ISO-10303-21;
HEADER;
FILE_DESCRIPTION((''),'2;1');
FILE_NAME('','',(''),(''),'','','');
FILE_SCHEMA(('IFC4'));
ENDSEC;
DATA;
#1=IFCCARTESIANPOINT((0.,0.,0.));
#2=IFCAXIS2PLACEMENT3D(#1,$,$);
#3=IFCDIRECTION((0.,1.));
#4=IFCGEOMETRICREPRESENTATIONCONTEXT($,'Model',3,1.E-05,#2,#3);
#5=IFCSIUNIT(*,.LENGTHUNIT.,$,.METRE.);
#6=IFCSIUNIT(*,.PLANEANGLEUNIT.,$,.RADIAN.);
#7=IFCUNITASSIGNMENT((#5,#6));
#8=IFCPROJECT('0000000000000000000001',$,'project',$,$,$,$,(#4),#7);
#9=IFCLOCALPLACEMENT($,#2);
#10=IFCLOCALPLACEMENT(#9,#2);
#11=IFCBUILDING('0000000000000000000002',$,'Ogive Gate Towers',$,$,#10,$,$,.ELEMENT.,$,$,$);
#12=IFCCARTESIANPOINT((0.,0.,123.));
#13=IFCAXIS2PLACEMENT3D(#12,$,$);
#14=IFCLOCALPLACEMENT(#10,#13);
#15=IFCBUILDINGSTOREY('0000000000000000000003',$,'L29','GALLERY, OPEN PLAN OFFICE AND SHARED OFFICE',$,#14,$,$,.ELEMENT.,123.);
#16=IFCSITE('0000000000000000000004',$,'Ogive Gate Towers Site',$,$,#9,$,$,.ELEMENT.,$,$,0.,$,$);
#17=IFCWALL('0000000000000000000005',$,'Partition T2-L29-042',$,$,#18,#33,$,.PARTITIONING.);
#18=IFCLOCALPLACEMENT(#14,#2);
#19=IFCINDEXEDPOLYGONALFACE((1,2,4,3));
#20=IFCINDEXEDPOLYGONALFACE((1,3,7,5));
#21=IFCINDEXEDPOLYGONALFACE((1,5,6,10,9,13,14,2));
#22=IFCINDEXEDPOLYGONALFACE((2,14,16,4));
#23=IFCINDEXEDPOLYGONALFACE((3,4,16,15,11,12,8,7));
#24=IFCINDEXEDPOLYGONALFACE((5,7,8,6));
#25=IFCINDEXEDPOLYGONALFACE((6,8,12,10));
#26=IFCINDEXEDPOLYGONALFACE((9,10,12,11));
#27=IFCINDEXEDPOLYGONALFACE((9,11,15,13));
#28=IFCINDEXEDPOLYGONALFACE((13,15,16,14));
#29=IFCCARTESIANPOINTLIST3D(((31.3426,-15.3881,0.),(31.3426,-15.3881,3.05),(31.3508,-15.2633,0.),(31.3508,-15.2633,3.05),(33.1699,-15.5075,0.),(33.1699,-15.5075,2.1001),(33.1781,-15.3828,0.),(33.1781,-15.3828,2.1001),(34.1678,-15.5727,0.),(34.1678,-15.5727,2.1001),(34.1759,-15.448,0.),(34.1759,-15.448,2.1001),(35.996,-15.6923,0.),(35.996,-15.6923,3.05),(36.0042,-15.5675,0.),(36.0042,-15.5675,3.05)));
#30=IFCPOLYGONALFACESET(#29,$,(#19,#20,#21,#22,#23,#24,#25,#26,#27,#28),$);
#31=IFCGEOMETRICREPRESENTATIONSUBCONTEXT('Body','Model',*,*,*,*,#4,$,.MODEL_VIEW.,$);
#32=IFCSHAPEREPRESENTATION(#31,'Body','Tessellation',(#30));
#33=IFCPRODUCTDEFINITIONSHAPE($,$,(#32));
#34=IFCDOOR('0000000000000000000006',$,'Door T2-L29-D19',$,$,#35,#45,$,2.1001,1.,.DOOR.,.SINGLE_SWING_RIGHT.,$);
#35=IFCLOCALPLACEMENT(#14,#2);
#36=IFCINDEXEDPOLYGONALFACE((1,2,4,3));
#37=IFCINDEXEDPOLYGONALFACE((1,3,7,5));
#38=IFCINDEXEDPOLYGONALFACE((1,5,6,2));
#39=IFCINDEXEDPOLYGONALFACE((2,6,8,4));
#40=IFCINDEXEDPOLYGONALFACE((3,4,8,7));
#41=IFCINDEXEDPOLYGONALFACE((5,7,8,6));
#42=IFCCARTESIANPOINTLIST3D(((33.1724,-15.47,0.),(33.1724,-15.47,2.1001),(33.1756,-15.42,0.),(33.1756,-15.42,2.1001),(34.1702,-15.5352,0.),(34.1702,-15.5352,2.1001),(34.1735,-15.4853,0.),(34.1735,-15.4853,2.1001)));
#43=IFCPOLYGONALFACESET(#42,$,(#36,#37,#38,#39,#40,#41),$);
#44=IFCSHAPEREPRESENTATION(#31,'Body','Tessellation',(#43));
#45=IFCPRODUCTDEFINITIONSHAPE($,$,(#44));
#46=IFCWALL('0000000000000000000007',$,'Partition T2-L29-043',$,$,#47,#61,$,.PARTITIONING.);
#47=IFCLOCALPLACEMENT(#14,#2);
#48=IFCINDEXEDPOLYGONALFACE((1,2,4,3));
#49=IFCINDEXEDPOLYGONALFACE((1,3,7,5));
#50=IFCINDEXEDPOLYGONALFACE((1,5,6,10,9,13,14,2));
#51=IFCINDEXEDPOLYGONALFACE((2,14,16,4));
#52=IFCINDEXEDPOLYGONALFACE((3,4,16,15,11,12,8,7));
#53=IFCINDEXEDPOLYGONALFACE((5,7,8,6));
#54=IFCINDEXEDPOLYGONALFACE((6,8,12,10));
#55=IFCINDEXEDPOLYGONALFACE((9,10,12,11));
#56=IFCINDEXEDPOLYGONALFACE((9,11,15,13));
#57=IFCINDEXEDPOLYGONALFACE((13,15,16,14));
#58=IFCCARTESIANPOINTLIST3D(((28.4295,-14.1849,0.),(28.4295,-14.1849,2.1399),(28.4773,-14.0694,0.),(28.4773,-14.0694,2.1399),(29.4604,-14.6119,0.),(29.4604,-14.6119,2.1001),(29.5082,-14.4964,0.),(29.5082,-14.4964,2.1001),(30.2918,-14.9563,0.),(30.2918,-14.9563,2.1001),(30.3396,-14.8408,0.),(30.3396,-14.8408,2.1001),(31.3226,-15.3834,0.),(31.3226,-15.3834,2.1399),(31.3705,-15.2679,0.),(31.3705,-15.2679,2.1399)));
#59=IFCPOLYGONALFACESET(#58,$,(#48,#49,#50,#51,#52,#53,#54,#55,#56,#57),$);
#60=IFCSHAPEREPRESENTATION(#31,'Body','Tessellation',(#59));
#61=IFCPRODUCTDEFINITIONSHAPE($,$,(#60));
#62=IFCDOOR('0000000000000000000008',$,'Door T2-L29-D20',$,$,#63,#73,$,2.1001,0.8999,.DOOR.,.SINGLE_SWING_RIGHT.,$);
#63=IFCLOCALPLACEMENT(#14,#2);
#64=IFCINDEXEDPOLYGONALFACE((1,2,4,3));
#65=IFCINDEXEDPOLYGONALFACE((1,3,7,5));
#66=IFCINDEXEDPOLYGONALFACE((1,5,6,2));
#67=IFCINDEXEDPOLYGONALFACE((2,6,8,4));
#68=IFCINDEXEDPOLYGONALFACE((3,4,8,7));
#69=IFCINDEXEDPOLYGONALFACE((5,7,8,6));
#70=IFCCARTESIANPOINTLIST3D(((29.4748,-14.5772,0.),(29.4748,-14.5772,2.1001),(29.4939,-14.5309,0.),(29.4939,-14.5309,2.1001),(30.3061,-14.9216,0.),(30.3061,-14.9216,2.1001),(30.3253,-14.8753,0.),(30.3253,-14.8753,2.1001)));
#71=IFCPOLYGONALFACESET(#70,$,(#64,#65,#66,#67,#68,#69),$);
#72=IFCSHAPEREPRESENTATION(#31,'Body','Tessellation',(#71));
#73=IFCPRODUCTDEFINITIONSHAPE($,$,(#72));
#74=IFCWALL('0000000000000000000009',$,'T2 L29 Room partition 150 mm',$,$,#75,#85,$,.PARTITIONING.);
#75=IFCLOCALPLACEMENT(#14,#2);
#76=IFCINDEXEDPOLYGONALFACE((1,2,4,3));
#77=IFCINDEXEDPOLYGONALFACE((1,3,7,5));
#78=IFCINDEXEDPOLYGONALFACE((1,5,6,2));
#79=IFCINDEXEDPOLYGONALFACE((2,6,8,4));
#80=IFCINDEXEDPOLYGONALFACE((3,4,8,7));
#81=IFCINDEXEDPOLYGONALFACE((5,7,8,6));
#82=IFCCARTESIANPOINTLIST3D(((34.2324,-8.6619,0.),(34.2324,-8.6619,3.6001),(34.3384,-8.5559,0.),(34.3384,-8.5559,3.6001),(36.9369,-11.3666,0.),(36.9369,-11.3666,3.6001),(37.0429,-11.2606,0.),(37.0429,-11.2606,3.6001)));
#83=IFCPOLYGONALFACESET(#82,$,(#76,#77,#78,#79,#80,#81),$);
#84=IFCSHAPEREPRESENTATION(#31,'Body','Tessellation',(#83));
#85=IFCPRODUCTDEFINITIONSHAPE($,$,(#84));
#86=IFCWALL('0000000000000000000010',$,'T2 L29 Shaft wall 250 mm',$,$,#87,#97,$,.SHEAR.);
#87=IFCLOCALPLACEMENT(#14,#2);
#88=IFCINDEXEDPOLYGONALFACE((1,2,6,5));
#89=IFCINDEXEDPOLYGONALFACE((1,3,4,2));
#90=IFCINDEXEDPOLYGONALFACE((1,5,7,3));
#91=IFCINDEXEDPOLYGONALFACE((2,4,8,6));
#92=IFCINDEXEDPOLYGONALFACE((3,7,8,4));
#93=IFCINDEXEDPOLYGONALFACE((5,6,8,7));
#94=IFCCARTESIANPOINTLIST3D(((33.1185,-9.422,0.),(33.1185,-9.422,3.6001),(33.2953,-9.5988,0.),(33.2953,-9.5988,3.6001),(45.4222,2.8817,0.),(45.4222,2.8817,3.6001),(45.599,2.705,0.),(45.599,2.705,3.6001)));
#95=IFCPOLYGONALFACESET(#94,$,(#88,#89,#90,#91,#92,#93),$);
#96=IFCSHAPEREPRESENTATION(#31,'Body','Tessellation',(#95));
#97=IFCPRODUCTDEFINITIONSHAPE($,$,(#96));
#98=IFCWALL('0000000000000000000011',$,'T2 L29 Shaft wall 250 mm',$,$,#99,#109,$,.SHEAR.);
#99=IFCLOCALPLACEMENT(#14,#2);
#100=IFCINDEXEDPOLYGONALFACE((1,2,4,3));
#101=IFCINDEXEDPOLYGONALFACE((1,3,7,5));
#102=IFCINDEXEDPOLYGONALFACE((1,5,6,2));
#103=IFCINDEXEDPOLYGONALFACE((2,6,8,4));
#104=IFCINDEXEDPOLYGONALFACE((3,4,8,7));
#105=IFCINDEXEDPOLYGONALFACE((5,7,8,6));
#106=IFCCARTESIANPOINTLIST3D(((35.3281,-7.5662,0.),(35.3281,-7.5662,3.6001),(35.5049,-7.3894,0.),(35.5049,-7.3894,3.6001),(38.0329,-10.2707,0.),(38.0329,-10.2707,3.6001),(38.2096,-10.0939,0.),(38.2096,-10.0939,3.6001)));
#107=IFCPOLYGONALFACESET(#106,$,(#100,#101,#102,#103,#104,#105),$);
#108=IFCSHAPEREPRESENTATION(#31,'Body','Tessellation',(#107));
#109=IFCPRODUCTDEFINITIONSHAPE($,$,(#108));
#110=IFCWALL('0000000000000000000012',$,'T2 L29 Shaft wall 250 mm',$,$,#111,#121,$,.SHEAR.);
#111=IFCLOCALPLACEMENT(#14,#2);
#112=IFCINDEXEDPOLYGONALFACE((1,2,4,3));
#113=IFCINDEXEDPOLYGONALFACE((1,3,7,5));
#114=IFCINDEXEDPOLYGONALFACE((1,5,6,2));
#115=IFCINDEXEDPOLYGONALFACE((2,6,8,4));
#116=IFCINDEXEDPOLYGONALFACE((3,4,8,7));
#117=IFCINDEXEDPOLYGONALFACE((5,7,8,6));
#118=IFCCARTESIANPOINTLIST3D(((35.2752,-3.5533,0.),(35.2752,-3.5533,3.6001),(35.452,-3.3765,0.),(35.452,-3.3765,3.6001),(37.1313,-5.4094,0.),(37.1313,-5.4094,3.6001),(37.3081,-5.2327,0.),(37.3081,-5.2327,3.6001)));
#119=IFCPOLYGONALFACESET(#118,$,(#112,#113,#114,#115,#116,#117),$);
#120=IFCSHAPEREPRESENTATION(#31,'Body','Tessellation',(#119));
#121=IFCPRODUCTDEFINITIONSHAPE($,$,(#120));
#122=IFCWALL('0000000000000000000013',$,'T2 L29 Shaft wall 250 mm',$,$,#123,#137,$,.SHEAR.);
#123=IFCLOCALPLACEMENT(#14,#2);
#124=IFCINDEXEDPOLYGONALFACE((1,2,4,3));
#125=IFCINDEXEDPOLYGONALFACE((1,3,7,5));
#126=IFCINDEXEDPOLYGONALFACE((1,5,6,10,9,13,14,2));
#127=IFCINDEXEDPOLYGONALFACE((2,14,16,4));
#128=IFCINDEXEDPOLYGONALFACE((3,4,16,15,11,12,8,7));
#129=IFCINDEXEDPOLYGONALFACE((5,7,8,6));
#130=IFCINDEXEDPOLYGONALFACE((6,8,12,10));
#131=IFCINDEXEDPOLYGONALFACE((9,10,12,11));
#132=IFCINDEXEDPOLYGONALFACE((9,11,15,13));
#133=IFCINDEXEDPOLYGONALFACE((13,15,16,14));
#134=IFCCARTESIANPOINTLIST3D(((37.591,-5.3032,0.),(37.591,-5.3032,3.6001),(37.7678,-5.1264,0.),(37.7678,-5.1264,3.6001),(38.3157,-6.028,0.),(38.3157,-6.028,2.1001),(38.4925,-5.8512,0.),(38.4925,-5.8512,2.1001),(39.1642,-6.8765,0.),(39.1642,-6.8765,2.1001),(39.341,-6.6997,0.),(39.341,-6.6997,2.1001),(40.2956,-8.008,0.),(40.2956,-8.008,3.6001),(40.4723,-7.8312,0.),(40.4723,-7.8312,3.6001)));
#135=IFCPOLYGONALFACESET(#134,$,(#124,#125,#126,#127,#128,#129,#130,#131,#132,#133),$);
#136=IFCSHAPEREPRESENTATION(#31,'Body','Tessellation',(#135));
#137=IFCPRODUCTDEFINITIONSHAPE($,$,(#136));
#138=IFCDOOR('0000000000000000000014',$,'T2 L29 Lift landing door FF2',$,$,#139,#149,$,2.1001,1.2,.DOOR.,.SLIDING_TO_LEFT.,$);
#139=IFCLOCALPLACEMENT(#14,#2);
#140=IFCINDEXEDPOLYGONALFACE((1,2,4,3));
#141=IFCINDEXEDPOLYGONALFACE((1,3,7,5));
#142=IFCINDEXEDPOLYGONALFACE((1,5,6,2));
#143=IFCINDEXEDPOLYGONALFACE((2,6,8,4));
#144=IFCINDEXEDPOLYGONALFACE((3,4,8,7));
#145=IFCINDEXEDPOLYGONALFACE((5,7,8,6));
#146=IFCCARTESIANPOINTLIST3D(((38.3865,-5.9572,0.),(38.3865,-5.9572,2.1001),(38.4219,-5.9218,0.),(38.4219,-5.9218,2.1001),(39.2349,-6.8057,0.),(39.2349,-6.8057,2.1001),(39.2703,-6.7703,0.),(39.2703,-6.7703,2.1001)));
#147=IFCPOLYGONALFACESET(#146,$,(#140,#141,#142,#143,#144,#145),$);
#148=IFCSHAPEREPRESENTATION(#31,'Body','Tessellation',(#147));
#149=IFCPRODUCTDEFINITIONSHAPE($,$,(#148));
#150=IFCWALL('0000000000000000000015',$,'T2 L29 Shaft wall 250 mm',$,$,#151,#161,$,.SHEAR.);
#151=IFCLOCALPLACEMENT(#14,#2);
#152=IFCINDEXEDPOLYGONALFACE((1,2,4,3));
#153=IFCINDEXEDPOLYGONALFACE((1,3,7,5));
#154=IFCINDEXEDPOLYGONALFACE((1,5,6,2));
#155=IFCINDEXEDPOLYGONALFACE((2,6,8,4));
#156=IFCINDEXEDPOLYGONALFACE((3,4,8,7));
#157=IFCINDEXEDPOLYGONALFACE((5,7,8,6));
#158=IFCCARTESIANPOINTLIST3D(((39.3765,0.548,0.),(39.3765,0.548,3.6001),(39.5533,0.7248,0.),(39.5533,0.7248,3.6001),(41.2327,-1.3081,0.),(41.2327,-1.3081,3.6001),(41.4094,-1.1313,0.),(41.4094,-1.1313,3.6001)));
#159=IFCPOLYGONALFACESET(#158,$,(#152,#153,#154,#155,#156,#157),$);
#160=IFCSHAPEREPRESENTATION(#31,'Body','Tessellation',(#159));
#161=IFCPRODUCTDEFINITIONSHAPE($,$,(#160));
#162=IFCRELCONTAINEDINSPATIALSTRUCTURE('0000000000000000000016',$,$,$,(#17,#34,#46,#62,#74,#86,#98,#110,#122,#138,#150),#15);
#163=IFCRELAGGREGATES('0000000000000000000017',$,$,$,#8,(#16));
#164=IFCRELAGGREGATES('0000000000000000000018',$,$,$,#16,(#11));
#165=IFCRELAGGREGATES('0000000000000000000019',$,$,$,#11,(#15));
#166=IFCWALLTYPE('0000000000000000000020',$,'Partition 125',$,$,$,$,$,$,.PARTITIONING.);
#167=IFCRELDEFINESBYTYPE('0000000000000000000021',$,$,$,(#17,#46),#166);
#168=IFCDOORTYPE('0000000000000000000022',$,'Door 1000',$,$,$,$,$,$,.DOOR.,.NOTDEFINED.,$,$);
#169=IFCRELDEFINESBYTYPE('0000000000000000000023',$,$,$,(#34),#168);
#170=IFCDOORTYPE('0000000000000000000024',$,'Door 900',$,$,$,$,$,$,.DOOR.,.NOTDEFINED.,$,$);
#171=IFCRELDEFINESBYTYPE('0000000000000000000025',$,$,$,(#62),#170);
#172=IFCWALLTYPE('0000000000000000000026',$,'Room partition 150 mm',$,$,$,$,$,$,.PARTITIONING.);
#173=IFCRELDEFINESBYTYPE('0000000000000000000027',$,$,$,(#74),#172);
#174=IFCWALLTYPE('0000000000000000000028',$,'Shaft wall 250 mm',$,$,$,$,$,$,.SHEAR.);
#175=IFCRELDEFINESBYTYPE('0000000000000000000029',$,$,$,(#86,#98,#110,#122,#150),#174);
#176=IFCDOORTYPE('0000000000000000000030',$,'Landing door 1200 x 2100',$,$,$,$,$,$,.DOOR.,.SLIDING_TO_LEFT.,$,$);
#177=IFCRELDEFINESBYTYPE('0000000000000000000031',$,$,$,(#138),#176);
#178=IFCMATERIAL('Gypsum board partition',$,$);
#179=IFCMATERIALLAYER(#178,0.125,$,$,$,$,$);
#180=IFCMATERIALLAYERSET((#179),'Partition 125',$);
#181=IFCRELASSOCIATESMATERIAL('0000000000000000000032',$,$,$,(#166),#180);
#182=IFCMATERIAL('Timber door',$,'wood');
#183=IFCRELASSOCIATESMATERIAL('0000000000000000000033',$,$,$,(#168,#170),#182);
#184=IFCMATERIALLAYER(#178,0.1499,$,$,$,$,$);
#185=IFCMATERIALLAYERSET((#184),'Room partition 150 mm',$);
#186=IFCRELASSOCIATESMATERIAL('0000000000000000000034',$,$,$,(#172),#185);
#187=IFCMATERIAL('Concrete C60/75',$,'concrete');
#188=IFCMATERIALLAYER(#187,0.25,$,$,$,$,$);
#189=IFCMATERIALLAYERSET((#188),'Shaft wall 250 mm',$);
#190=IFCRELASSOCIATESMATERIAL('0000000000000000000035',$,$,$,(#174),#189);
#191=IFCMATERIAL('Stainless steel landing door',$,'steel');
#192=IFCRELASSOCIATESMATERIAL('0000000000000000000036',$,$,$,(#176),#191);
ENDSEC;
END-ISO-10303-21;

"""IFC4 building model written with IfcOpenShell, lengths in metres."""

from ifc_helpers import new_model, si_unit, direction, frame, frame_2d, origin, place, context, subcontext, project, spatial, rectangle, extrude, material, layer, layer_set, type_object, element, fill, save


model = new_model("IFC4")

# Units and contexts
model_context = context("Model", 3, precision=1e-05, world=origin(), true_north=direction((0.0, 1.0)))
body_context = subcontext(model_context, "Body", "Model", "MODEL_VIEW")
ifc_project = project(units=[si_unit("LENGTHUNIT", "METRE"), si_unit("PLANEANGLEUNIT", "RADIAN")], contexts=[model_context])

# Site, building, storey
site_placement = place(None, origin())
site = spatial("IfcSite", under=ifc_project, at=site_placement, Name="Ogive Gate Towers Site", CompositionType="ELEMENT", RefElevation=0.0)
building_placement = place(site_placement, origin())
building = spatial("IfcBuilding", under=site, at=building_placement, Name="Ogive Gate Towers", CompositionType="ELEMENT")
storey_placement = place(building_placement, frame((0.0, 0.0, 123.0)))
storey = spatial("IfcBuildingStorey", under=building, at=storey_placement, Name="L29", Description="GALLERY, OPEN PLAN OFFICE AND SHARED OFFICE", CompositionType="ELEMENT", Elevation=123.0)

# Shared definitions
ifc_material_1 = material(Name="Concrete C60/75", Category="concrete")
ifc_material_2 = material(Name="Timber door", Category="wood")

# Shared definitions
ifc_material_3 = material(Name="Gypsum board partition")
ifc_layer_1 = layer(ifc_material_3, 0.125)
ifc_layer_set_1 = layer_set([ifc_layer_1], Name="Partition 125")
wall_type_1 = type_object("IfcWallType", Name="Partition 125", PredefinedType="PARTITIONING", material=ifc_layer_set_1)

# Walls, openings, doors
wall_1_placement = place(storey_placement, frame((36.0, -15.6299, 0.0), z_axis=(0.0, 0.0, 1.0), x_axis=(-0.99787, 0.065233, 0.0)))
wall_1 = element("IfcWall", 1, at=wall_1_placement, inside=storey, type_object=wall_type_1, Name="Partition T2-L29-042", PredefinedType="PARTITIONING", context=body_context, shape_type="SweptSolid", body=[
    extrude(rectangle(XDim=4.6633, YDim=0.125, at=frame_2d((2.3315, 0.0))), origin(), (0.0, 0.0, 1.0), 3.05),
])
opening_1_placement = place(wall_1_placement, frame((1.832, 0.0, 0.0)))
opening_1 = element("IfcOpeningElement", 2, at=opening_1_placement, cuts=wall_1, PredefinedType="OPENING", context=body_context, shape_type="SweptSolid", body=[
    extrude(rectangle(XDim=1.0, YDim=2.1001, at=frame_2d((0.5, 1.05))), frame((0.0, 0.0725, 0.0), z_axis=(0.0, -1.0, 0.0), x_axis=(1.0, 0.0, 0.0)), (0.0, 0.0, 1.0), 0.145),
])
door_type_1 = type_object("IfcDoorType", Name="Door 1000", OperationType="NOTDEFINED", PredefinedType="DOOR", material=ifc_material_2)
door_1_placement = place(opening_1_placement, origin())
door_1 = element("IfcDoor", 3, at=door_1_placement, inside=storey, type_object=door_type_1, Name="Door T2-L29-D19", OperationType="SINGLE_SWING_RIGHT", OverallHeight=2.1001, OverallWidth=1.0, PredefinedType="DOOR", context=body_context, shape_type="SweptSolid", body=[
    extrude(rectangle(XDim=1.0, YDim=2.1001, at=frame_2d((0.5, 1.05))), frame((0.0, 0.0249, 0.0), z_axis=(0.0, -1.0, 0.0), x_axis=(1.0, 0.0, 0.0)), (0.0, 0.0, 1.0), 0.05),
])
fill(opening_1, door_1)
wall_2_placement = place(storey_placement, frame((31.3467, -15.3257, 0.0), z_axis=(0.0, 0.0, 1.0), x_axis=(-0.923864, 0.382721, 0.0)))
wall_2 = element("IfcWall", 4, at=wall_2_placement, inside=storey, type_object=wall_type_1, Name="Partition T2-L29-043", PredefinedType="PARTITIONING", context=body_context, shape_type="SweptSolid", body=[
    extrude(rectangle(XDim=3.1316, YDim=0.125, at=frame_2d((1.5659, 0.0))), origin(), (0.0, 0.0, 1.0), 2.1399),
])
opening_2_placement = place(wall_2_placement, frame((1.116, 0.0, 0.0)))
opening_2 = element("IfcOpeningElement", 5, at=opening_2_placement, cuts=wall_2, PredefinedType="OPENING", context=body_context, shape_type="SweptSolid", body=[
    extrude(rectangle(XDim=0.8999, YDim=2.1001, at=frame_2d((0.45, 1.05))), frame((0.0, 0.0725, 0.0), z_axis=(0.0, -1.0, 0.0), x_axis=(1.0, 0.0, 0.0)), (0.0, 0.0, 1.0), 0.145),
])
door_type_2 = type_object("IfcDoorType", Name="Door 900", OperationType="NOTDEFINED", PredefinedType="DOOR", material=ifc_material_2)
door_2_placement = place(opening_2_placement, origin())
door_2 = element("IfcDoor", 6, at=door_2_placement, inside=storey, type_object=door_type_2, Name="Door T2-L29-D20", OperationType="SINGLE_SWING_RIGHT", OverallHeight=2.1001, OverallWidth=0.8999, PredefinedType="DOOR", context=body_context, shape_type="SweptSolid", body=[
    extrude(rectangle(XDim=0.8999, YDim=2.1001, at=frame_2d((0.45, 1.05))), frame((0.0, 0.0249, 0.0), z_axis=(0.0, -1.0, 0.0), x_axis=(1.0, 0.0, 0.0)), (0.0, 0.0, 1.0), 0.05),
])
fill(opening_2, door_2)

# Walls
ifc_layer_2 = layer(ifc_material_3, 0.1499)
ifc_layer_set_2 = layer_set([ifc_layer_2], Name="Room partition 150 mm")
wall_type_2 = type_object("IfcWallType", Name="Room partition 150 mm", PredefinedType="PARTITIONING", material=ifc_layer_set_2)
wall_3_placement = place(storey_placement, frame((36.99, -11.3137, 0.0), z_axis=(0.0, 0.0, 1.0), x_axis=(-0.707075, 0.707139, 0.0)))
element("IfcWall", 7, at=wall_3_placement, inside=storey, type_object=wall_type_2, Name="T2 L29 Room partition 150 mm", PredefinedType="PARTITIONING", context=body_context, shape_type="SweptSolid", body=[
    extrude(rectangle(XDim=3.825, YDim=0.1499, at=frame_2d((1.9126, 0.0))), origin(), (0.0, 0.0, 1.0), 3.6001),
])
ifc_layer_3 = layer(ifc_material_1, 0.25)
ifc_layer_set_3 = layer_set([ifc_layer_3], Name="Shaft wall 250 mm")
wall_type_3 = type_object("IfcWallType", Name="Shaft wall 250 mm", PredefinedType="SHEAR", material=ifc_layer_set_3)
wall_4_placement = place(storey_placement, frame((33.2068, -9.5105, 0.0), z_axis=(0.0, 0.0, 1.0), x_axis=(0.707107, 0.707107, 0.0)))
element("IfcWall", 8, at=wall_4_placement, inside=storey, type_object=wall_type_3, Name="T2 L29 Shaft wall 250 mm", PredefinedType="SHEAR", context=body_context, shape_type="SweptSolid", body=[
    extrude(rectangle(XDim=17.4001, YDim=0.25, at=frame_2d((8.7002, 0.0))), origin(), (0.0, 0.0, 1.0), 3.6001),
])
wall_5_placement = place(storey_placement, frame((38.1213, -10.1824, 0.0), z_axis=(0.0, 0.0, 1.0), x_axis=(-0.707139, 0.707075, 0.0)))
element("IfcWall", 9, at=wall_5_placement, inside=storey, type_object=wall_type_3, Name="T2 L29 Shaft wall 250 mm", PredefinedType="SHEAR", context=body_context, shape_type="SweptSolid", body=[
    extrude(rectangle(XDim=3.825, YDim=0.25, at=frame_2d((1.9126, 0.0))), origin(), (0.0, 0.0, 1.0), 3.6001),
])
wall_6_placement = place(storey_placement, frame((37.2197, -5.321, 0.0), z_axis=(0.0, 0.0, 1.0), x_axis=(-0.707107, 0.707107, 0.0)))
element("IfcWall", 10, at=wall_6_placement, inside=storey, type_object=wall_type_3, Name="T2 L29 Shaft wall 250 mm", PredefinedType="SHEAR", context=body_context, shape_type="SweptSolid", body=[
    extrude(rectangle(XDim=2.625, YDim=0.25, at=frame_2d((1.3125, 0.0))), origin(), (0.0, 0.0, 1.0), 3.6001),
])

# Wall, opening, door
wall_7_placement = place(storey_placement, frame((40.384, -7.9197, 0.0), z_axis=(0.0, 0.0, 1.0), x_axis=(-0.707075, 0.707139, 0.0)))
wall_7 = element("IfcWall", 11, at=wall_7_placement, inside=storey, type_object=wall_type_3, Name="T2 L29 Shaft wall 250 mm", PredefinedType="SHEAR", context=body_context, shape_type="SweptSolid", body=[
    extrude(rectangle(XDim=3.825, YDim=0.25, at=frame_2d((1.9126, 0.0))), origin(), (0.0, 0.0, 1.0), 3.6001),
])
opening_3_placement = place(wall_7_placement, frame((1.6001, 0.0, 0.0)))
opening_3 = element("IfcOpeningElement", 12, at=opening_3_placement, cuts=wall_7, PredefinedType="OPENING", context=body_context, shape_type="SweptSolid", body=[
    extrude(rectangle(XDim=1.2, YDim=2.1001, at=frame_2d((0.6001, 1.05))), frame((0.0, 0.135, 0.0), z_axis=(0.0, -1.0, 0.0), x_axis=(1.0, 0.0, 0.0)), (0.0, 0.0, 1.0), 0.27),
])
ifc_material_4 = material(Name="Stainless steel landing door", Category="steel")
door_type_3 = type_object("IfcDoorType", Name="Landing door 1200 x 2100", OperationType="SLIDING_TO_LEFT", PredefinedType="DOOR", material=ifc_material_4)
door_3_placement = place(opening_3_placement, origin())
door_3 = element("IfcDoor", 13, at=door_3_placement, inside=storey, type_object=door_type_3, Name="T2 L29 Lift landing door FF2", OperationType="SLIDING_TO_LEFT", OverallHeight=2.1001, OverallWidth=1.2, PredefinedType="DOOR", context=body_context, shape_type="SweptSolid", body=[
    extrude(rectangle(XDim=1.2, YDim=2.1001, at=frame_2d((0.6001, 1.05))), frame((0.0, 0.0249, 0.0), z_axis=(0.0, -1.0, 0.0), x_axis=(1.0, 0.0, 0.0)), (0.0, 0.0, 1.0), 0.05),
])
fill(opening_3, door_3)

# Wall
wall_8_placement = place(storey_placement, frame((41.321, -1.2197, 0.0), z_axis=(0.0, 0.0, 1.0), x_axis=(-0.707107, 0.707107, 0.0)))
element("IfcWall", 14, at=wall_8_placement, inside=storey, type_object=wall_type_3, Name="T2 L29 Shaft wall 250 mm", PredefinedType="SHEAR", context=body_context, shape_type="SweptSolid", body=[
    extrude(rectangle(XDim=2.625, YDim=0.25, at=frame_2d((1.3125, 0.0))), origin(), (0.0, 0.0, 1.0), 3.6001),
])

save(model, "model.ifc")
